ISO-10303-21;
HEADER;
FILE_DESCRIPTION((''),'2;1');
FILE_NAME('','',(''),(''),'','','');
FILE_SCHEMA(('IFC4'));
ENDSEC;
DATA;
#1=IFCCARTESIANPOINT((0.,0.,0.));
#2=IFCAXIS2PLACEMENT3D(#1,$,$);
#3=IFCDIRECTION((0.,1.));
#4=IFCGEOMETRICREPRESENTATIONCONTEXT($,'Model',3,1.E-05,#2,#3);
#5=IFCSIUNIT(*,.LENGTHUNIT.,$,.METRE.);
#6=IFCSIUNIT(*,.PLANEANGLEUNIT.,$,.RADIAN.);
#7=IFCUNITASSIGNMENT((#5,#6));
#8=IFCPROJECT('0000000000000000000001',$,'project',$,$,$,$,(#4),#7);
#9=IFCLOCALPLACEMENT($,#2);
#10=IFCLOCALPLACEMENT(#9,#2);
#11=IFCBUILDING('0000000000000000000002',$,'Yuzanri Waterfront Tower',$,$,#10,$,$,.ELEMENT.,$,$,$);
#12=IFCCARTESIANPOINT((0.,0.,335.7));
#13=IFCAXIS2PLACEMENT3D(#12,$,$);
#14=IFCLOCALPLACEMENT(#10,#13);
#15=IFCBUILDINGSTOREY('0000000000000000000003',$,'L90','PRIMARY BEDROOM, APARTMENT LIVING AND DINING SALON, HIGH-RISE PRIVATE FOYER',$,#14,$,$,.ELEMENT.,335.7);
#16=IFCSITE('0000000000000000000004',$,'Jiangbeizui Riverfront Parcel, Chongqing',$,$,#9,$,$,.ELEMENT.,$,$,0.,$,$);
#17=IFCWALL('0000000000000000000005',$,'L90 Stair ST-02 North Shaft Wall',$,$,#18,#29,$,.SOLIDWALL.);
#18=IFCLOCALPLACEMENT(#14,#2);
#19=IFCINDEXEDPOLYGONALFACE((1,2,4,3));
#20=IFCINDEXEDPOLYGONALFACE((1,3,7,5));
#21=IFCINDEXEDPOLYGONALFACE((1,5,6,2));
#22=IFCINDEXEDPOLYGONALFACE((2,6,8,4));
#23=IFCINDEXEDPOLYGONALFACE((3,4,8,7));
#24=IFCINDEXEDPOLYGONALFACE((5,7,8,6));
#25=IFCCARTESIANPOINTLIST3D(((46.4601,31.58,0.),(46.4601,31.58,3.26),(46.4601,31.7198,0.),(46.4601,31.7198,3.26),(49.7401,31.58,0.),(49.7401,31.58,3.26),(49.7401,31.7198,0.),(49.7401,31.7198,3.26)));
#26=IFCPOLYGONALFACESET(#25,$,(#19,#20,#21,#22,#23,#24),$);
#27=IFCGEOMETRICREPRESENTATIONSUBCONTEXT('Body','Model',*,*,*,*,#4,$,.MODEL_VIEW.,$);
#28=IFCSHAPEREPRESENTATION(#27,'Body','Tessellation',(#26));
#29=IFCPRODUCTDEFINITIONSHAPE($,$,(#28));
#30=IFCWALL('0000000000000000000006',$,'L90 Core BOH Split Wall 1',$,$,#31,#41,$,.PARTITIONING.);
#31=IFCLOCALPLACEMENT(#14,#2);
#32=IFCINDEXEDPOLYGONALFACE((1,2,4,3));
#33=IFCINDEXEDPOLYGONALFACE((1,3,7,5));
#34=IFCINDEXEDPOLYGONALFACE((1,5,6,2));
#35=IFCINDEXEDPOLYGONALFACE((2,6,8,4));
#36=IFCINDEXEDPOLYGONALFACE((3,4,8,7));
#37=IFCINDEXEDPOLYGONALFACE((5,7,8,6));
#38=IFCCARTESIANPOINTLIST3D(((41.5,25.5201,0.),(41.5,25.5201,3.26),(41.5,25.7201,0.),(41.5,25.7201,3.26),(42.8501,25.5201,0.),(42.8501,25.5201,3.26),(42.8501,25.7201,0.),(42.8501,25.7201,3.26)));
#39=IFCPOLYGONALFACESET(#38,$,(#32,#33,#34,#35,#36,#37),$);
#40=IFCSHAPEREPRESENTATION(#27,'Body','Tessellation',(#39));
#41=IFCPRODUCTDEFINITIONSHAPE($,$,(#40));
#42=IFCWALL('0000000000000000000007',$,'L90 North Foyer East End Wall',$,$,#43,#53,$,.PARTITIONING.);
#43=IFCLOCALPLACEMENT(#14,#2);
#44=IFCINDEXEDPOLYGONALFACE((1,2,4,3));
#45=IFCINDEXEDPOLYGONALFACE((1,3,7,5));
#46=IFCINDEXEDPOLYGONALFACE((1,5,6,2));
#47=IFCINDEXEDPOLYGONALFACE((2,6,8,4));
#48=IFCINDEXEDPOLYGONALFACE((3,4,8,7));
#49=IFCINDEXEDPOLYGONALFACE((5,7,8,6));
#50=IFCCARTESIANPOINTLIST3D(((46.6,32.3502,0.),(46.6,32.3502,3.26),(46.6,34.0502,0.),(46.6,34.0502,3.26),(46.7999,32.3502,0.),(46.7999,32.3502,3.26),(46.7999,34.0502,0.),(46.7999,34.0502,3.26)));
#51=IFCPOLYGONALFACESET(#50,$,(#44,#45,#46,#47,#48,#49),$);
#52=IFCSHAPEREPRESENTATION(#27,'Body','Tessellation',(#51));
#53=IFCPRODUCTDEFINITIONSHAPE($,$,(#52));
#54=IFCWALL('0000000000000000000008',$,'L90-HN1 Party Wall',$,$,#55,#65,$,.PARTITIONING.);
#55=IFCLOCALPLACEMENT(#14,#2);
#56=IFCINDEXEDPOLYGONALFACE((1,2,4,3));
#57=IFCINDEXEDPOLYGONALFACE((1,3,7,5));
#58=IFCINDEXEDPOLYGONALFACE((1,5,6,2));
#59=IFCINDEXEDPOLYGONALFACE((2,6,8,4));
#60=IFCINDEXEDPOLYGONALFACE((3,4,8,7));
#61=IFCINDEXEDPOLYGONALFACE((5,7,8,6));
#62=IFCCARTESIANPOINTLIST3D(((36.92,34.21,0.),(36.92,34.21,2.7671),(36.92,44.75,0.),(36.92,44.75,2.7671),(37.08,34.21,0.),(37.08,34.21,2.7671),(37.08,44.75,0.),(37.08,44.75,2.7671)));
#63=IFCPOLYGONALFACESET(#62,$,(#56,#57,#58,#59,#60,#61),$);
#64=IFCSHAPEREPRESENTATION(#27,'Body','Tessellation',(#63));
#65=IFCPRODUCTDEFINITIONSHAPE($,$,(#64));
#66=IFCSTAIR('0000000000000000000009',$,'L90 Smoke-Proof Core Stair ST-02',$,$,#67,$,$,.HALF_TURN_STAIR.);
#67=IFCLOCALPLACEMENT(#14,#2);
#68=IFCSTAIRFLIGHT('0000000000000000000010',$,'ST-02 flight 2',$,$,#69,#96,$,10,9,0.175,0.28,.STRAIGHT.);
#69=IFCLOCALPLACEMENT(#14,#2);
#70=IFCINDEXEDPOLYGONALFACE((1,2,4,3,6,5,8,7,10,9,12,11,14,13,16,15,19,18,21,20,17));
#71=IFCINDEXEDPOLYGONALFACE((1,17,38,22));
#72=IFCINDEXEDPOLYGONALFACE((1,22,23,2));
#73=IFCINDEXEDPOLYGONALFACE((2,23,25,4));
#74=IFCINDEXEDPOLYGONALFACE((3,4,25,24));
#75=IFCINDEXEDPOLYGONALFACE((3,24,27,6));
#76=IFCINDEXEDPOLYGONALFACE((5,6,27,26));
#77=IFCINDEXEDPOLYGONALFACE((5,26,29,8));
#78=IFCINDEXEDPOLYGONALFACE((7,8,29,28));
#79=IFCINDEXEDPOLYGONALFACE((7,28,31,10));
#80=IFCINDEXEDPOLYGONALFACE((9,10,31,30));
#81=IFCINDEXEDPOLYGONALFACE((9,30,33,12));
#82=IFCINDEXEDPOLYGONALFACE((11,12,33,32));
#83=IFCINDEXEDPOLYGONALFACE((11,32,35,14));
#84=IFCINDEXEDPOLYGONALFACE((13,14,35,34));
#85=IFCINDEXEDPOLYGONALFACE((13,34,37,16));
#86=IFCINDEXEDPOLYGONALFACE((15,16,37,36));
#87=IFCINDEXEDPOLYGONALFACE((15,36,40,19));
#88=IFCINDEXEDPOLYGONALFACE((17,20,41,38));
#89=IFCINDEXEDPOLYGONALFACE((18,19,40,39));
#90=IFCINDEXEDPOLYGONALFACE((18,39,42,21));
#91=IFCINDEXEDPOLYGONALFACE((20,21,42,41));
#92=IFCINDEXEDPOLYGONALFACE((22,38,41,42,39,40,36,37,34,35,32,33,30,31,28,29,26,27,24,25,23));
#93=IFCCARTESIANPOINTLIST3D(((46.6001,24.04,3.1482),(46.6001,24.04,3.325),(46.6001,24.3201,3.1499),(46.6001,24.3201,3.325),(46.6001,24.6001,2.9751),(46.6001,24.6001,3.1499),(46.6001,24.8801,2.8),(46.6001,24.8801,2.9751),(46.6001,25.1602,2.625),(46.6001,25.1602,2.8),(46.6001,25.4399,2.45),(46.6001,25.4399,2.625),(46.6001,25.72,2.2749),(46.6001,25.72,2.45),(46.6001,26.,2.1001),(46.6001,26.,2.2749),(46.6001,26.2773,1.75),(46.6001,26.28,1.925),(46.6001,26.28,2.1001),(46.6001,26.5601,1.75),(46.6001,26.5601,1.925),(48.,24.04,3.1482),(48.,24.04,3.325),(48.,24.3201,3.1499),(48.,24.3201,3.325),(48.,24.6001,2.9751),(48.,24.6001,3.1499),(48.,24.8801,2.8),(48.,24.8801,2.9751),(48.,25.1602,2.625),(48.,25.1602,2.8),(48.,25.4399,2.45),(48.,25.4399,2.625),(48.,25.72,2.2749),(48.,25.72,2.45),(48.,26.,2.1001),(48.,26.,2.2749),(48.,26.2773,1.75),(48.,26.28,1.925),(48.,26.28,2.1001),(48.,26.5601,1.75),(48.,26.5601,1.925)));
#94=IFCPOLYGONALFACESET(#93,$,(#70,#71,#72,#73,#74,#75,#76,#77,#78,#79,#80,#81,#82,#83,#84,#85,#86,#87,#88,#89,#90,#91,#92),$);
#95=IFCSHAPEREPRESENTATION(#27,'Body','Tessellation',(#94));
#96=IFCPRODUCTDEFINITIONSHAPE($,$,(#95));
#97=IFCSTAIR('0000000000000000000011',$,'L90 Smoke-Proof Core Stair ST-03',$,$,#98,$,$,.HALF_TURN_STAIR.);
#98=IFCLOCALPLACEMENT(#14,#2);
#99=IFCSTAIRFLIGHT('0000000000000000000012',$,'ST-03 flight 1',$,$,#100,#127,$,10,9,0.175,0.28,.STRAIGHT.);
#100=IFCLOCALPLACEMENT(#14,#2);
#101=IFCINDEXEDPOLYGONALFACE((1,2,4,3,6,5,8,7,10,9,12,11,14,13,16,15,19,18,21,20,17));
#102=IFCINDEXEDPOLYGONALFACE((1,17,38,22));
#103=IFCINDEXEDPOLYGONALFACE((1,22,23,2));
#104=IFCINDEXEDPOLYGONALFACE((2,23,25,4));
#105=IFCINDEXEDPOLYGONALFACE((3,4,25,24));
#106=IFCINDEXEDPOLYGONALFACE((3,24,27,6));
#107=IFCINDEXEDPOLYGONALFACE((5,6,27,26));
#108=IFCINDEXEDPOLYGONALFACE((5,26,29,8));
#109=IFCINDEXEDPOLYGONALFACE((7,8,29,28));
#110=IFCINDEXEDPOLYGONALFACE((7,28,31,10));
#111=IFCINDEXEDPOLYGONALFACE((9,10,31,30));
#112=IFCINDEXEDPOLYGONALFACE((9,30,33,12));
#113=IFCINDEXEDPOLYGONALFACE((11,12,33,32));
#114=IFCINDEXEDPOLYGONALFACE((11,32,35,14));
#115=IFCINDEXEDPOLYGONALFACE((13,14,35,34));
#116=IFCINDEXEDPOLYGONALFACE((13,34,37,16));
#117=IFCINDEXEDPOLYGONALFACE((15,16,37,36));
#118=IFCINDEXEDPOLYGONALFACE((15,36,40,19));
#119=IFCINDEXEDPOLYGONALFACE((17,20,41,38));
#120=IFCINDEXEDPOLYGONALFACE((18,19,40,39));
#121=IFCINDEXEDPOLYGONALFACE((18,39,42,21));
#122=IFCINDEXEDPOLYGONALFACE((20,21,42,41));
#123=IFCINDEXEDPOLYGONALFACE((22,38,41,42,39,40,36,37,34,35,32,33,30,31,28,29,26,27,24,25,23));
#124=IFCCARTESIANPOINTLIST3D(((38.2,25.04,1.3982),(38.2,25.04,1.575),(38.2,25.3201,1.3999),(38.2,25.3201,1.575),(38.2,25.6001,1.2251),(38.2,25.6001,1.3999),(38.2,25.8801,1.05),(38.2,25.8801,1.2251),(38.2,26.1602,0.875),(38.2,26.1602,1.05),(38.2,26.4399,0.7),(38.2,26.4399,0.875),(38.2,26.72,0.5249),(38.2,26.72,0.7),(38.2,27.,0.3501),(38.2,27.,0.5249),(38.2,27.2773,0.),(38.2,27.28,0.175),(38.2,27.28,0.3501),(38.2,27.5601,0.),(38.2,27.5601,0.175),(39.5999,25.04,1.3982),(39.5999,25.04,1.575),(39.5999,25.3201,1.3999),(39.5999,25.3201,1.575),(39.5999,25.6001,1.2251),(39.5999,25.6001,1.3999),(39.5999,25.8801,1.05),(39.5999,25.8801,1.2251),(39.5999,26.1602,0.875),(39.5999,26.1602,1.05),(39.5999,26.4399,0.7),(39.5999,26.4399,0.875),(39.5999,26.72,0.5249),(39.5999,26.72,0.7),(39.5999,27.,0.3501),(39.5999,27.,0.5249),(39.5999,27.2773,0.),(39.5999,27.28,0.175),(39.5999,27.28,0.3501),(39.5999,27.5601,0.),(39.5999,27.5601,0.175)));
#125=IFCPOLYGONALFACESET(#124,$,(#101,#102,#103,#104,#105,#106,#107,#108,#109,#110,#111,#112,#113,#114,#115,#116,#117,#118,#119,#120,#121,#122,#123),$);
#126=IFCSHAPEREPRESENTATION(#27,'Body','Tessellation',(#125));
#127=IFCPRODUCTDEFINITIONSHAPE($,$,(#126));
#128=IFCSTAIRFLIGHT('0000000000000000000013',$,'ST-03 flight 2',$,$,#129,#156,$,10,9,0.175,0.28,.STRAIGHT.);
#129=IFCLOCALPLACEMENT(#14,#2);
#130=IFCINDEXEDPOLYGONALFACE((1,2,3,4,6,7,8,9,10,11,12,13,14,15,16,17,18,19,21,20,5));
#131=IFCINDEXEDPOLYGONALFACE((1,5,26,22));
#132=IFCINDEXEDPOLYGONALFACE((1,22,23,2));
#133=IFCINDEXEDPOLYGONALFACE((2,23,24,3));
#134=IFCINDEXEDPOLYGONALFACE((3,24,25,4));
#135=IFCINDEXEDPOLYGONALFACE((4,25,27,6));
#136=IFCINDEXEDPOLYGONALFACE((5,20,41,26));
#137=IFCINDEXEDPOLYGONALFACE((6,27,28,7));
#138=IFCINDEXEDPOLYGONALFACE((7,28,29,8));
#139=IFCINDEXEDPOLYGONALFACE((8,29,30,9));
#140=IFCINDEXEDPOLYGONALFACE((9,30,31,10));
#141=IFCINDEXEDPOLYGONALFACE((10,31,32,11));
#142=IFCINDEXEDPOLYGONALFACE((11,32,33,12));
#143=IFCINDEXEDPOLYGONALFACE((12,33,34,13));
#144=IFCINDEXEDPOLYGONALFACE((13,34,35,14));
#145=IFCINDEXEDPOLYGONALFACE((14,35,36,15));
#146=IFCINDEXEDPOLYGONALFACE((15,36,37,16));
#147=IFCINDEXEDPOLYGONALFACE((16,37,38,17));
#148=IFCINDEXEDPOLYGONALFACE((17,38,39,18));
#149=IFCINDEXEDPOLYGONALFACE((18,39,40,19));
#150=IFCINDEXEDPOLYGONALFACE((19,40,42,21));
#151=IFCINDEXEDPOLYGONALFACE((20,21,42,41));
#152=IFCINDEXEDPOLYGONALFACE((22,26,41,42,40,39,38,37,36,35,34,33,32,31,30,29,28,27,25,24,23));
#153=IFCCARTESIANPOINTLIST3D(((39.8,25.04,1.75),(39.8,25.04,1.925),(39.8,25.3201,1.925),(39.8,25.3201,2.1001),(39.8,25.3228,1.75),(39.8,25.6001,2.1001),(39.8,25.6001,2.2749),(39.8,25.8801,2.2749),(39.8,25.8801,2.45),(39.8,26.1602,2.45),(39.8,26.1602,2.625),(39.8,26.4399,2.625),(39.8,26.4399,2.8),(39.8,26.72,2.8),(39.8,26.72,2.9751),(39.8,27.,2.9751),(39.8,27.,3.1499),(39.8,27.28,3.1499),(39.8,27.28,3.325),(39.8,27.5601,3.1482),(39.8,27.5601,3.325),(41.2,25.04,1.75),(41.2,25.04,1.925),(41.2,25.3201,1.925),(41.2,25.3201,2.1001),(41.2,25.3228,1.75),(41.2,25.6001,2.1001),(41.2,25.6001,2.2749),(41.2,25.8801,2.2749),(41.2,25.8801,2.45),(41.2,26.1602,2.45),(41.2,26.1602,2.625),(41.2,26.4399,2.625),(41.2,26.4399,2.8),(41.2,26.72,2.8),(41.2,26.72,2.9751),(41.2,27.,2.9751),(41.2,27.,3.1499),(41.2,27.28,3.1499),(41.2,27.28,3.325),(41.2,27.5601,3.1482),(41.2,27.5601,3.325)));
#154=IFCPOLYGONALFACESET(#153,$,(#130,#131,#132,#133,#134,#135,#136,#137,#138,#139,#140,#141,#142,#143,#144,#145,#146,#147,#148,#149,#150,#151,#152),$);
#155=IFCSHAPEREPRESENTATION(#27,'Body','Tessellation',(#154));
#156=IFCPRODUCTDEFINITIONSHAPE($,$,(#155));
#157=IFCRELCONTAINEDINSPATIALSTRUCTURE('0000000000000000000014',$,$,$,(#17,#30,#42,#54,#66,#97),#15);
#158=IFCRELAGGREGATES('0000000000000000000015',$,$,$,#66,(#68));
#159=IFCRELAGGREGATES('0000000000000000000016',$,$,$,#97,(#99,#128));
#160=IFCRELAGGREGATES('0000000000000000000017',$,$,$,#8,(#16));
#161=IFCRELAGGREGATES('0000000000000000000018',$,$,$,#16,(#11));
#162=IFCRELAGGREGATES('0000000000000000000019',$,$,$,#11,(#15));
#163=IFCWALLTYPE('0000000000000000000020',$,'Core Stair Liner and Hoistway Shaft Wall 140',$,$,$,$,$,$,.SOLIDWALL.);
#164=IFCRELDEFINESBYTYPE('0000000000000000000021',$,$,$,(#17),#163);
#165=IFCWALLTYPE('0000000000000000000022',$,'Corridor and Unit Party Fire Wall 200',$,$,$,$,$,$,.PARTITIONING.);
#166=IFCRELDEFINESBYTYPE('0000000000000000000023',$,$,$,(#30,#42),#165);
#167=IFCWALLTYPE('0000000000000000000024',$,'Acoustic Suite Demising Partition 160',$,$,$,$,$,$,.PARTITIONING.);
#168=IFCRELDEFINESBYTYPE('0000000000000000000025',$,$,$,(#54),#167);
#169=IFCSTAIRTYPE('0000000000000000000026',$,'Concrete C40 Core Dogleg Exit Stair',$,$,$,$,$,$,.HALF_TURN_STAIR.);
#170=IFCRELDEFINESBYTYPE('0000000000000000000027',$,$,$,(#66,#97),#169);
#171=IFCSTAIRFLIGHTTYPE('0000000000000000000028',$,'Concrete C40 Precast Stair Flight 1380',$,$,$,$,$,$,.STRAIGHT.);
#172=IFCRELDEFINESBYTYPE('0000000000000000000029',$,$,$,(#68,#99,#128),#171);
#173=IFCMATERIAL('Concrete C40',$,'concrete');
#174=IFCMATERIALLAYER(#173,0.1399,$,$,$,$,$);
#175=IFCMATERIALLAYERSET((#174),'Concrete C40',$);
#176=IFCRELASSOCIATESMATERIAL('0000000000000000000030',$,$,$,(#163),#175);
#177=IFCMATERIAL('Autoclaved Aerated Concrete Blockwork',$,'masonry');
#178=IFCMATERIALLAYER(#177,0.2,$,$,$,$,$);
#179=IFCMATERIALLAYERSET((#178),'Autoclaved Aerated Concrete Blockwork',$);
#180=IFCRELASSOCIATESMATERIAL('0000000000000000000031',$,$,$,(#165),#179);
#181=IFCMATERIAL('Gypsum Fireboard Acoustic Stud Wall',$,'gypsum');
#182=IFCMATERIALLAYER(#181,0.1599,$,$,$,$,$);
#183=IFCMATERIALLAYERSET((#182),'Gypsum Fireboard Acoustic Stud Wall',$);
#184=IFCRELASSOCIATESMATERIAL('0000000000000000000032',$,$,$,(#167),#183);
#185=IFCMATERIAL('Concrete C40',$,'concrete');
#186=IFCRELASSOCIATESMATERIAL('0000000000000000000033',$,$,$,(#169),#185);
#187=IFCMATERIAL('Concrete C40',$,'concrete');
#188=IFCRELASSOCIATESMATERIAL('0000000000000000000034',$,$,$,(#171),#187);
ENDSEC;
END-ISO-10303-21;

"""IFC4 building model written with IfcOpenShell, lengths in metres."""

from ifc_helpers import new_model, si_unit, direction, frame, frame_2d, origin, place, context, subcontext, project, spatial, polyline, rectangle, outline, extrude, source, transform, mapped, material, layer, layer_set, type_object, element, aggregate, save


model = new_model("IFC4")

# Units and contexts
model_context = context("Model", 3, precision=1e-05, world=origin(), true_north=direction((0.0, 1.0)))
body_context = subcontext(model_context, "Body", "Model", "MODEL_VIEW")
ifc_project = project(units=[si_unit("LENGTHUNIT", "METRE"), si_unit("PLANEANGLEUNIT", "RADIAN")], contexts=[model_context])

# Site, building, storey
site_placement = place(None, origin())
site = spatial("IfcSite", under=ifc_project, at=site_placement, Name="Jiangbeizui Riverfront Parcel, Chongqing", CompositionType="ELEMENT", RefElevation=0.0)
building_placement = place(site_placement, origin())
building = spatial("IfcBuilding", under=site, at=building_placement, Name="Yuzanri Waterfront Tower", CompositionType="ELEMENT")
storey_placement = place(building_placement, frame((0.0, 0.0, 335.7)))
storey = spatial("IfcBuildingStorey", under=building, at=storey_placement, Name="L90", Description="PRIMARY BEDROOM, APARTMENT LIVING AND DINING SALON, HIGH-RISE PRIVATE FOYER", CompositionType="ELEMENT", Elevation=335.7)

# Shared definitions
ifc_material_1 = material(Name="Concrete C40", Category="concrete")
ifc_layer_1 = layer(ifc_material_1, 0.1399)
ifc_layer_set_1 = layer_set([ifc_layer_1], Name="Concrete C40")
wall_type_1 = type_object("IfcWallType", Name="Core Stair Liner and Hoistway Shaft Wall 140", PredefinedType="SOLIDWALL", material=ifc_layer_set_1)
ifc_material_2 = material(Name="Autoclaved Aerated Concrete Blockwork", Category="masonry")
ifc_layer_2 = layer(ifc_material_2, 0.2)
ifc_layer_set_2 = layer_set([ifc_layer_2], Name="Autoclaved Aerated Concrete Blockwork")
wall_type_2 = type_object("IfcWallType", Name="Corridor and Unit Party Fire Wall 200", PredefinedType="PARTITIONING", material=ifc_layer_set_2)

# Walls
shared_shape_1 = source(origin(), body_context, "Body", "SweptSolid", [
    extrude(rectangle(XDim=3.28, YDim=0.1399, at=frame_2d((1.6401, 0.0))), origin(), (0.0, 0.0, 1.0), 3.26),
])
wall_1_placement = place(storey_placement, frame((46.46, 31.6499, 0.0), z_axis=(0.0, 0.0, 1.0), x_axis=(1.0, 0.0, 0.0)))
element("IfcWall", 1, at=wall_1_placement, inside=storey, type_object=wall_type_1, Name="L90 Stair ST-02 North Shaft Wall", PredefinedType="SOLIDWALL", context=body_context, shape_type="MappedRepresentation", body=[
    mapped(shared_shape_1, transform((0.0, 0.0, 0.0), scale=1.0)),
])
shared_shape_2 = source(origin(), body_context, "Body", "SweptSolid", [
    extrude(rectangle(XDim=1.3501, YDim=0.2, at=frame_2d((0.675, 0.0))), origin(), (0.0, 0.0, 1.0), 3.26),
])
wall_2_placement = place(storey_placement, frame((41.5, 25.6201, 0.0), z_axis=(0.0, 0.0, 1.0), x_axis=(1.0, 0.0, 0.0)))
element("IfcWall", 2, at=wall_2_placement, inside=storey, type_object=wall_type_2, Name="L90 Core BOH Split Wall 1", PredefinedType="PARTITIONING", context=body_context, shape_type="MappedRepresentation", body=[
    mapped(shared_shape_2, transform((0.0, 0.0, 0.0), scale=1.0)),
])
shared_shape_3 = source(origin(), body_context, "Body", "SweptSolid", [
    extrude(rectangle(XDim=1.7, YDim=0.2, at=frame_2d((0.8501, 0.0))), origin(), (0.0, 0.0, 1.0), 3.26),
])
wall_3_placement = place(storey_placement, frame((46.7, 32.3501, 0.0), z_axis=(0.0, 0.0, 1.0), x_axis=(0.0, 1.0, 0.0)))
element("IfcWall", 3, at=wall_3_placement, inside=storey, type_object=wall_type_2, Name="L90 North Foyer East End Wall", PredefinedType="PARTITIONING", context=body_context, shape_type="MappedRepresentation", body=[
    mapped(shared_shape_3, transform((0.0, 0.0, 0.0), scale=1.0)),
])
ifc_material_3 = material(Name="Gypsum Fireboard Acoustic Stud Wall", Category="gypsum")
ifc_layer_3 = layer(ifc_material_3, 0.1599)
ifc_layer_set_3 = layer_set([ifc_layer_3], Name="Gypsum Fireboard Acoustic Stud Wall")
wall_type_3 = type_object("IfcWallType", Name="Acoustic Suite Demising Partition 160", PredefinedType="PARTITIONING", material=ifc_layer_set_3)
shared_shape_4 = source(origin(), body_context, "Body", "SweptSolid", [
    extrude(rectangle(XDim=10.54, YDim=0.1599, at=frame_2d((5.27, 0.0))), origin(), (0.0, 0.0, 1.0), 2.7671),
])
wall_4_placement = place(storey_placement, frame((37.0, 34.21, 0.0), z_axis=(0.0, 0.0, 1.0), x_axis=(0.0, 1.0, 0.0)))
element("IfcWall", 4, at=wall_4_placement, inside=storey, type_object=wall_type_3, Name="L90-HN1 Party Wall", PredefinedType="PARTITIONING", context=body_context, shape_type="MappedRepresentation", body=[
    mapped(shared_shape_4, transform((0.0, 0.0, 0.0), scale=1.0)),
])

# Stair, stair flight
ifc_material_4 = material(Name="Concrete C40", Category="concrete")
stair_type = type_object("IfcStairType", Name="Concrete C40 Core Dogleg Exit Stair", PredefinedType="HALF_TURN_STAIR", material=ifc_material_4)
stair_1_placement = place(storey_placement, origin())
stair_1 = element("IfcStair", 5, at=stair_1_placement, inside=storey, type_object=stair_type, Name="L90 Smoke-Proof Core Stair ST-02", PredefinedType="HALF_TURN_STAIR")
ifc_material_5 = material(Name="Concrete C40", Category="concrete")
stair_flight_type = type_object("IfcStairFlightType", Name="Concrete C40 Precast Stair Flight 1380", PredefinedType="STRAIGHT", material=ifc_material_5)
shared_shape_5 = source(origin(), body_context, "Body", "SweptSolid", [
    extrude(outline(polyline([(0.0, 0.0), (0.0, 0.175), (0.28, 0.175), (0.28, 0.3501), (0.5601, 0.3501), (0.5601, 0.5249), (0.8401, 0.5249), (0.8401, 0.7), (1.1201, 0.7), (1.1201, 0.875), (1.3999, 0.875), (1.3999, 1.05), (1.6799, 1.05), (1.6799, 1.2251), (1.96, 1.2251), (1.96, 1.3999), (2.24, 1.3999), (2.24, 1.575), (2.52, 1.575), (2.52, 1.75), (2.52, 1.3982), (0.2827, 0.0), (0.0, 0.0)])), frame((0.0, 0.7, 0.0), z_axis=(0.0, -1.0, 0.0), x_axis=(1.0, 0.0, 0.0)), (0.0, 0.0, 1.0), 1.3999),
])
stair_flight_1_placement = place(storey_placement, frame((47.3, 26.5601, 1.75), z_axis=(0.0, 0.0, 1.0), x_axis=(0.0, -1.0, 0.0)))
stair_flight_1 = element("IfcStairFlight", 6, at=stair_flight_1_placement, type_object=stair_flight_type, Name="ST-02 flight 2", NumberOfRisers=10, NumberOfTreads=9, PredefinedType="STRAIGHT", RiserHeight=0.175, TreadLength=0.28, context=body_context, shape_type="MappedRepresentation", body=[
    mapped(shared_shape_5, transform((0.0, 0.0, 0.0), scale=1.0)),
])
aggregate(stair_1, [stair_flight_1])

# Stair, stair flights
stair_2_placement = place(storey_placement, origin())
stair_2 = element("IfcStair", 7, at=stair_2_placement, inside=storey, type_object=stair_type, Name="L90 Smoke-Proof Core Stair ST-03", PredefinedType="HALF_TURN_STAIR")
stair_flight_2_placement = place(storey_placement, frame((38.8999, 27.5601, 0.0), z_axis=(0.0, 0.0, 1.0), x_axis=(0.0, -1.0, 0.0)))
stair_flight_2 = element("IfcStairFlight", 8, at=stair_flight_2_placement, type_object=stair_flight_type, Name="ST-03 flight 1", NumberOfRisers=10, NumberOfTreads=9, PredefinedType="STRAIGHT", RiserHeight=0.175, TreadLength=0.28, context=body_context, shape_type="MappedRepresentation", body=[
    mapped(shared_shape_5, transform((0.0, 0.0, 0.0), scale=1.0)),
])
stair_flight_3_placement = place(storey_placement, frame((40.5, 25.04, 1.75), z_axis=(0.0, 0.0, 1.0), x_axis=(0.0, 1.0, 0.0)))
stair_flight_3 = element("IfcStairFlight", 9, at=stair_flight_3_placement, type_object=stair_flight_type, Name="ST-03 flight 2", NumberOfRisers=10, NumberOfTreads=9, PredefinedType="STRAIGHT", RiserHeight=0.175, TreadLength=0.28, context=body_context, shape_type="MappedRepresentation", body=[
    mapped(shared_shape_5, transform((0.0, 0.0, 0.0), scale=1.0)),
])
aggregate(stair_2, [stair_flight_2, stair_flight_3])

save(model, "model.ifc")
